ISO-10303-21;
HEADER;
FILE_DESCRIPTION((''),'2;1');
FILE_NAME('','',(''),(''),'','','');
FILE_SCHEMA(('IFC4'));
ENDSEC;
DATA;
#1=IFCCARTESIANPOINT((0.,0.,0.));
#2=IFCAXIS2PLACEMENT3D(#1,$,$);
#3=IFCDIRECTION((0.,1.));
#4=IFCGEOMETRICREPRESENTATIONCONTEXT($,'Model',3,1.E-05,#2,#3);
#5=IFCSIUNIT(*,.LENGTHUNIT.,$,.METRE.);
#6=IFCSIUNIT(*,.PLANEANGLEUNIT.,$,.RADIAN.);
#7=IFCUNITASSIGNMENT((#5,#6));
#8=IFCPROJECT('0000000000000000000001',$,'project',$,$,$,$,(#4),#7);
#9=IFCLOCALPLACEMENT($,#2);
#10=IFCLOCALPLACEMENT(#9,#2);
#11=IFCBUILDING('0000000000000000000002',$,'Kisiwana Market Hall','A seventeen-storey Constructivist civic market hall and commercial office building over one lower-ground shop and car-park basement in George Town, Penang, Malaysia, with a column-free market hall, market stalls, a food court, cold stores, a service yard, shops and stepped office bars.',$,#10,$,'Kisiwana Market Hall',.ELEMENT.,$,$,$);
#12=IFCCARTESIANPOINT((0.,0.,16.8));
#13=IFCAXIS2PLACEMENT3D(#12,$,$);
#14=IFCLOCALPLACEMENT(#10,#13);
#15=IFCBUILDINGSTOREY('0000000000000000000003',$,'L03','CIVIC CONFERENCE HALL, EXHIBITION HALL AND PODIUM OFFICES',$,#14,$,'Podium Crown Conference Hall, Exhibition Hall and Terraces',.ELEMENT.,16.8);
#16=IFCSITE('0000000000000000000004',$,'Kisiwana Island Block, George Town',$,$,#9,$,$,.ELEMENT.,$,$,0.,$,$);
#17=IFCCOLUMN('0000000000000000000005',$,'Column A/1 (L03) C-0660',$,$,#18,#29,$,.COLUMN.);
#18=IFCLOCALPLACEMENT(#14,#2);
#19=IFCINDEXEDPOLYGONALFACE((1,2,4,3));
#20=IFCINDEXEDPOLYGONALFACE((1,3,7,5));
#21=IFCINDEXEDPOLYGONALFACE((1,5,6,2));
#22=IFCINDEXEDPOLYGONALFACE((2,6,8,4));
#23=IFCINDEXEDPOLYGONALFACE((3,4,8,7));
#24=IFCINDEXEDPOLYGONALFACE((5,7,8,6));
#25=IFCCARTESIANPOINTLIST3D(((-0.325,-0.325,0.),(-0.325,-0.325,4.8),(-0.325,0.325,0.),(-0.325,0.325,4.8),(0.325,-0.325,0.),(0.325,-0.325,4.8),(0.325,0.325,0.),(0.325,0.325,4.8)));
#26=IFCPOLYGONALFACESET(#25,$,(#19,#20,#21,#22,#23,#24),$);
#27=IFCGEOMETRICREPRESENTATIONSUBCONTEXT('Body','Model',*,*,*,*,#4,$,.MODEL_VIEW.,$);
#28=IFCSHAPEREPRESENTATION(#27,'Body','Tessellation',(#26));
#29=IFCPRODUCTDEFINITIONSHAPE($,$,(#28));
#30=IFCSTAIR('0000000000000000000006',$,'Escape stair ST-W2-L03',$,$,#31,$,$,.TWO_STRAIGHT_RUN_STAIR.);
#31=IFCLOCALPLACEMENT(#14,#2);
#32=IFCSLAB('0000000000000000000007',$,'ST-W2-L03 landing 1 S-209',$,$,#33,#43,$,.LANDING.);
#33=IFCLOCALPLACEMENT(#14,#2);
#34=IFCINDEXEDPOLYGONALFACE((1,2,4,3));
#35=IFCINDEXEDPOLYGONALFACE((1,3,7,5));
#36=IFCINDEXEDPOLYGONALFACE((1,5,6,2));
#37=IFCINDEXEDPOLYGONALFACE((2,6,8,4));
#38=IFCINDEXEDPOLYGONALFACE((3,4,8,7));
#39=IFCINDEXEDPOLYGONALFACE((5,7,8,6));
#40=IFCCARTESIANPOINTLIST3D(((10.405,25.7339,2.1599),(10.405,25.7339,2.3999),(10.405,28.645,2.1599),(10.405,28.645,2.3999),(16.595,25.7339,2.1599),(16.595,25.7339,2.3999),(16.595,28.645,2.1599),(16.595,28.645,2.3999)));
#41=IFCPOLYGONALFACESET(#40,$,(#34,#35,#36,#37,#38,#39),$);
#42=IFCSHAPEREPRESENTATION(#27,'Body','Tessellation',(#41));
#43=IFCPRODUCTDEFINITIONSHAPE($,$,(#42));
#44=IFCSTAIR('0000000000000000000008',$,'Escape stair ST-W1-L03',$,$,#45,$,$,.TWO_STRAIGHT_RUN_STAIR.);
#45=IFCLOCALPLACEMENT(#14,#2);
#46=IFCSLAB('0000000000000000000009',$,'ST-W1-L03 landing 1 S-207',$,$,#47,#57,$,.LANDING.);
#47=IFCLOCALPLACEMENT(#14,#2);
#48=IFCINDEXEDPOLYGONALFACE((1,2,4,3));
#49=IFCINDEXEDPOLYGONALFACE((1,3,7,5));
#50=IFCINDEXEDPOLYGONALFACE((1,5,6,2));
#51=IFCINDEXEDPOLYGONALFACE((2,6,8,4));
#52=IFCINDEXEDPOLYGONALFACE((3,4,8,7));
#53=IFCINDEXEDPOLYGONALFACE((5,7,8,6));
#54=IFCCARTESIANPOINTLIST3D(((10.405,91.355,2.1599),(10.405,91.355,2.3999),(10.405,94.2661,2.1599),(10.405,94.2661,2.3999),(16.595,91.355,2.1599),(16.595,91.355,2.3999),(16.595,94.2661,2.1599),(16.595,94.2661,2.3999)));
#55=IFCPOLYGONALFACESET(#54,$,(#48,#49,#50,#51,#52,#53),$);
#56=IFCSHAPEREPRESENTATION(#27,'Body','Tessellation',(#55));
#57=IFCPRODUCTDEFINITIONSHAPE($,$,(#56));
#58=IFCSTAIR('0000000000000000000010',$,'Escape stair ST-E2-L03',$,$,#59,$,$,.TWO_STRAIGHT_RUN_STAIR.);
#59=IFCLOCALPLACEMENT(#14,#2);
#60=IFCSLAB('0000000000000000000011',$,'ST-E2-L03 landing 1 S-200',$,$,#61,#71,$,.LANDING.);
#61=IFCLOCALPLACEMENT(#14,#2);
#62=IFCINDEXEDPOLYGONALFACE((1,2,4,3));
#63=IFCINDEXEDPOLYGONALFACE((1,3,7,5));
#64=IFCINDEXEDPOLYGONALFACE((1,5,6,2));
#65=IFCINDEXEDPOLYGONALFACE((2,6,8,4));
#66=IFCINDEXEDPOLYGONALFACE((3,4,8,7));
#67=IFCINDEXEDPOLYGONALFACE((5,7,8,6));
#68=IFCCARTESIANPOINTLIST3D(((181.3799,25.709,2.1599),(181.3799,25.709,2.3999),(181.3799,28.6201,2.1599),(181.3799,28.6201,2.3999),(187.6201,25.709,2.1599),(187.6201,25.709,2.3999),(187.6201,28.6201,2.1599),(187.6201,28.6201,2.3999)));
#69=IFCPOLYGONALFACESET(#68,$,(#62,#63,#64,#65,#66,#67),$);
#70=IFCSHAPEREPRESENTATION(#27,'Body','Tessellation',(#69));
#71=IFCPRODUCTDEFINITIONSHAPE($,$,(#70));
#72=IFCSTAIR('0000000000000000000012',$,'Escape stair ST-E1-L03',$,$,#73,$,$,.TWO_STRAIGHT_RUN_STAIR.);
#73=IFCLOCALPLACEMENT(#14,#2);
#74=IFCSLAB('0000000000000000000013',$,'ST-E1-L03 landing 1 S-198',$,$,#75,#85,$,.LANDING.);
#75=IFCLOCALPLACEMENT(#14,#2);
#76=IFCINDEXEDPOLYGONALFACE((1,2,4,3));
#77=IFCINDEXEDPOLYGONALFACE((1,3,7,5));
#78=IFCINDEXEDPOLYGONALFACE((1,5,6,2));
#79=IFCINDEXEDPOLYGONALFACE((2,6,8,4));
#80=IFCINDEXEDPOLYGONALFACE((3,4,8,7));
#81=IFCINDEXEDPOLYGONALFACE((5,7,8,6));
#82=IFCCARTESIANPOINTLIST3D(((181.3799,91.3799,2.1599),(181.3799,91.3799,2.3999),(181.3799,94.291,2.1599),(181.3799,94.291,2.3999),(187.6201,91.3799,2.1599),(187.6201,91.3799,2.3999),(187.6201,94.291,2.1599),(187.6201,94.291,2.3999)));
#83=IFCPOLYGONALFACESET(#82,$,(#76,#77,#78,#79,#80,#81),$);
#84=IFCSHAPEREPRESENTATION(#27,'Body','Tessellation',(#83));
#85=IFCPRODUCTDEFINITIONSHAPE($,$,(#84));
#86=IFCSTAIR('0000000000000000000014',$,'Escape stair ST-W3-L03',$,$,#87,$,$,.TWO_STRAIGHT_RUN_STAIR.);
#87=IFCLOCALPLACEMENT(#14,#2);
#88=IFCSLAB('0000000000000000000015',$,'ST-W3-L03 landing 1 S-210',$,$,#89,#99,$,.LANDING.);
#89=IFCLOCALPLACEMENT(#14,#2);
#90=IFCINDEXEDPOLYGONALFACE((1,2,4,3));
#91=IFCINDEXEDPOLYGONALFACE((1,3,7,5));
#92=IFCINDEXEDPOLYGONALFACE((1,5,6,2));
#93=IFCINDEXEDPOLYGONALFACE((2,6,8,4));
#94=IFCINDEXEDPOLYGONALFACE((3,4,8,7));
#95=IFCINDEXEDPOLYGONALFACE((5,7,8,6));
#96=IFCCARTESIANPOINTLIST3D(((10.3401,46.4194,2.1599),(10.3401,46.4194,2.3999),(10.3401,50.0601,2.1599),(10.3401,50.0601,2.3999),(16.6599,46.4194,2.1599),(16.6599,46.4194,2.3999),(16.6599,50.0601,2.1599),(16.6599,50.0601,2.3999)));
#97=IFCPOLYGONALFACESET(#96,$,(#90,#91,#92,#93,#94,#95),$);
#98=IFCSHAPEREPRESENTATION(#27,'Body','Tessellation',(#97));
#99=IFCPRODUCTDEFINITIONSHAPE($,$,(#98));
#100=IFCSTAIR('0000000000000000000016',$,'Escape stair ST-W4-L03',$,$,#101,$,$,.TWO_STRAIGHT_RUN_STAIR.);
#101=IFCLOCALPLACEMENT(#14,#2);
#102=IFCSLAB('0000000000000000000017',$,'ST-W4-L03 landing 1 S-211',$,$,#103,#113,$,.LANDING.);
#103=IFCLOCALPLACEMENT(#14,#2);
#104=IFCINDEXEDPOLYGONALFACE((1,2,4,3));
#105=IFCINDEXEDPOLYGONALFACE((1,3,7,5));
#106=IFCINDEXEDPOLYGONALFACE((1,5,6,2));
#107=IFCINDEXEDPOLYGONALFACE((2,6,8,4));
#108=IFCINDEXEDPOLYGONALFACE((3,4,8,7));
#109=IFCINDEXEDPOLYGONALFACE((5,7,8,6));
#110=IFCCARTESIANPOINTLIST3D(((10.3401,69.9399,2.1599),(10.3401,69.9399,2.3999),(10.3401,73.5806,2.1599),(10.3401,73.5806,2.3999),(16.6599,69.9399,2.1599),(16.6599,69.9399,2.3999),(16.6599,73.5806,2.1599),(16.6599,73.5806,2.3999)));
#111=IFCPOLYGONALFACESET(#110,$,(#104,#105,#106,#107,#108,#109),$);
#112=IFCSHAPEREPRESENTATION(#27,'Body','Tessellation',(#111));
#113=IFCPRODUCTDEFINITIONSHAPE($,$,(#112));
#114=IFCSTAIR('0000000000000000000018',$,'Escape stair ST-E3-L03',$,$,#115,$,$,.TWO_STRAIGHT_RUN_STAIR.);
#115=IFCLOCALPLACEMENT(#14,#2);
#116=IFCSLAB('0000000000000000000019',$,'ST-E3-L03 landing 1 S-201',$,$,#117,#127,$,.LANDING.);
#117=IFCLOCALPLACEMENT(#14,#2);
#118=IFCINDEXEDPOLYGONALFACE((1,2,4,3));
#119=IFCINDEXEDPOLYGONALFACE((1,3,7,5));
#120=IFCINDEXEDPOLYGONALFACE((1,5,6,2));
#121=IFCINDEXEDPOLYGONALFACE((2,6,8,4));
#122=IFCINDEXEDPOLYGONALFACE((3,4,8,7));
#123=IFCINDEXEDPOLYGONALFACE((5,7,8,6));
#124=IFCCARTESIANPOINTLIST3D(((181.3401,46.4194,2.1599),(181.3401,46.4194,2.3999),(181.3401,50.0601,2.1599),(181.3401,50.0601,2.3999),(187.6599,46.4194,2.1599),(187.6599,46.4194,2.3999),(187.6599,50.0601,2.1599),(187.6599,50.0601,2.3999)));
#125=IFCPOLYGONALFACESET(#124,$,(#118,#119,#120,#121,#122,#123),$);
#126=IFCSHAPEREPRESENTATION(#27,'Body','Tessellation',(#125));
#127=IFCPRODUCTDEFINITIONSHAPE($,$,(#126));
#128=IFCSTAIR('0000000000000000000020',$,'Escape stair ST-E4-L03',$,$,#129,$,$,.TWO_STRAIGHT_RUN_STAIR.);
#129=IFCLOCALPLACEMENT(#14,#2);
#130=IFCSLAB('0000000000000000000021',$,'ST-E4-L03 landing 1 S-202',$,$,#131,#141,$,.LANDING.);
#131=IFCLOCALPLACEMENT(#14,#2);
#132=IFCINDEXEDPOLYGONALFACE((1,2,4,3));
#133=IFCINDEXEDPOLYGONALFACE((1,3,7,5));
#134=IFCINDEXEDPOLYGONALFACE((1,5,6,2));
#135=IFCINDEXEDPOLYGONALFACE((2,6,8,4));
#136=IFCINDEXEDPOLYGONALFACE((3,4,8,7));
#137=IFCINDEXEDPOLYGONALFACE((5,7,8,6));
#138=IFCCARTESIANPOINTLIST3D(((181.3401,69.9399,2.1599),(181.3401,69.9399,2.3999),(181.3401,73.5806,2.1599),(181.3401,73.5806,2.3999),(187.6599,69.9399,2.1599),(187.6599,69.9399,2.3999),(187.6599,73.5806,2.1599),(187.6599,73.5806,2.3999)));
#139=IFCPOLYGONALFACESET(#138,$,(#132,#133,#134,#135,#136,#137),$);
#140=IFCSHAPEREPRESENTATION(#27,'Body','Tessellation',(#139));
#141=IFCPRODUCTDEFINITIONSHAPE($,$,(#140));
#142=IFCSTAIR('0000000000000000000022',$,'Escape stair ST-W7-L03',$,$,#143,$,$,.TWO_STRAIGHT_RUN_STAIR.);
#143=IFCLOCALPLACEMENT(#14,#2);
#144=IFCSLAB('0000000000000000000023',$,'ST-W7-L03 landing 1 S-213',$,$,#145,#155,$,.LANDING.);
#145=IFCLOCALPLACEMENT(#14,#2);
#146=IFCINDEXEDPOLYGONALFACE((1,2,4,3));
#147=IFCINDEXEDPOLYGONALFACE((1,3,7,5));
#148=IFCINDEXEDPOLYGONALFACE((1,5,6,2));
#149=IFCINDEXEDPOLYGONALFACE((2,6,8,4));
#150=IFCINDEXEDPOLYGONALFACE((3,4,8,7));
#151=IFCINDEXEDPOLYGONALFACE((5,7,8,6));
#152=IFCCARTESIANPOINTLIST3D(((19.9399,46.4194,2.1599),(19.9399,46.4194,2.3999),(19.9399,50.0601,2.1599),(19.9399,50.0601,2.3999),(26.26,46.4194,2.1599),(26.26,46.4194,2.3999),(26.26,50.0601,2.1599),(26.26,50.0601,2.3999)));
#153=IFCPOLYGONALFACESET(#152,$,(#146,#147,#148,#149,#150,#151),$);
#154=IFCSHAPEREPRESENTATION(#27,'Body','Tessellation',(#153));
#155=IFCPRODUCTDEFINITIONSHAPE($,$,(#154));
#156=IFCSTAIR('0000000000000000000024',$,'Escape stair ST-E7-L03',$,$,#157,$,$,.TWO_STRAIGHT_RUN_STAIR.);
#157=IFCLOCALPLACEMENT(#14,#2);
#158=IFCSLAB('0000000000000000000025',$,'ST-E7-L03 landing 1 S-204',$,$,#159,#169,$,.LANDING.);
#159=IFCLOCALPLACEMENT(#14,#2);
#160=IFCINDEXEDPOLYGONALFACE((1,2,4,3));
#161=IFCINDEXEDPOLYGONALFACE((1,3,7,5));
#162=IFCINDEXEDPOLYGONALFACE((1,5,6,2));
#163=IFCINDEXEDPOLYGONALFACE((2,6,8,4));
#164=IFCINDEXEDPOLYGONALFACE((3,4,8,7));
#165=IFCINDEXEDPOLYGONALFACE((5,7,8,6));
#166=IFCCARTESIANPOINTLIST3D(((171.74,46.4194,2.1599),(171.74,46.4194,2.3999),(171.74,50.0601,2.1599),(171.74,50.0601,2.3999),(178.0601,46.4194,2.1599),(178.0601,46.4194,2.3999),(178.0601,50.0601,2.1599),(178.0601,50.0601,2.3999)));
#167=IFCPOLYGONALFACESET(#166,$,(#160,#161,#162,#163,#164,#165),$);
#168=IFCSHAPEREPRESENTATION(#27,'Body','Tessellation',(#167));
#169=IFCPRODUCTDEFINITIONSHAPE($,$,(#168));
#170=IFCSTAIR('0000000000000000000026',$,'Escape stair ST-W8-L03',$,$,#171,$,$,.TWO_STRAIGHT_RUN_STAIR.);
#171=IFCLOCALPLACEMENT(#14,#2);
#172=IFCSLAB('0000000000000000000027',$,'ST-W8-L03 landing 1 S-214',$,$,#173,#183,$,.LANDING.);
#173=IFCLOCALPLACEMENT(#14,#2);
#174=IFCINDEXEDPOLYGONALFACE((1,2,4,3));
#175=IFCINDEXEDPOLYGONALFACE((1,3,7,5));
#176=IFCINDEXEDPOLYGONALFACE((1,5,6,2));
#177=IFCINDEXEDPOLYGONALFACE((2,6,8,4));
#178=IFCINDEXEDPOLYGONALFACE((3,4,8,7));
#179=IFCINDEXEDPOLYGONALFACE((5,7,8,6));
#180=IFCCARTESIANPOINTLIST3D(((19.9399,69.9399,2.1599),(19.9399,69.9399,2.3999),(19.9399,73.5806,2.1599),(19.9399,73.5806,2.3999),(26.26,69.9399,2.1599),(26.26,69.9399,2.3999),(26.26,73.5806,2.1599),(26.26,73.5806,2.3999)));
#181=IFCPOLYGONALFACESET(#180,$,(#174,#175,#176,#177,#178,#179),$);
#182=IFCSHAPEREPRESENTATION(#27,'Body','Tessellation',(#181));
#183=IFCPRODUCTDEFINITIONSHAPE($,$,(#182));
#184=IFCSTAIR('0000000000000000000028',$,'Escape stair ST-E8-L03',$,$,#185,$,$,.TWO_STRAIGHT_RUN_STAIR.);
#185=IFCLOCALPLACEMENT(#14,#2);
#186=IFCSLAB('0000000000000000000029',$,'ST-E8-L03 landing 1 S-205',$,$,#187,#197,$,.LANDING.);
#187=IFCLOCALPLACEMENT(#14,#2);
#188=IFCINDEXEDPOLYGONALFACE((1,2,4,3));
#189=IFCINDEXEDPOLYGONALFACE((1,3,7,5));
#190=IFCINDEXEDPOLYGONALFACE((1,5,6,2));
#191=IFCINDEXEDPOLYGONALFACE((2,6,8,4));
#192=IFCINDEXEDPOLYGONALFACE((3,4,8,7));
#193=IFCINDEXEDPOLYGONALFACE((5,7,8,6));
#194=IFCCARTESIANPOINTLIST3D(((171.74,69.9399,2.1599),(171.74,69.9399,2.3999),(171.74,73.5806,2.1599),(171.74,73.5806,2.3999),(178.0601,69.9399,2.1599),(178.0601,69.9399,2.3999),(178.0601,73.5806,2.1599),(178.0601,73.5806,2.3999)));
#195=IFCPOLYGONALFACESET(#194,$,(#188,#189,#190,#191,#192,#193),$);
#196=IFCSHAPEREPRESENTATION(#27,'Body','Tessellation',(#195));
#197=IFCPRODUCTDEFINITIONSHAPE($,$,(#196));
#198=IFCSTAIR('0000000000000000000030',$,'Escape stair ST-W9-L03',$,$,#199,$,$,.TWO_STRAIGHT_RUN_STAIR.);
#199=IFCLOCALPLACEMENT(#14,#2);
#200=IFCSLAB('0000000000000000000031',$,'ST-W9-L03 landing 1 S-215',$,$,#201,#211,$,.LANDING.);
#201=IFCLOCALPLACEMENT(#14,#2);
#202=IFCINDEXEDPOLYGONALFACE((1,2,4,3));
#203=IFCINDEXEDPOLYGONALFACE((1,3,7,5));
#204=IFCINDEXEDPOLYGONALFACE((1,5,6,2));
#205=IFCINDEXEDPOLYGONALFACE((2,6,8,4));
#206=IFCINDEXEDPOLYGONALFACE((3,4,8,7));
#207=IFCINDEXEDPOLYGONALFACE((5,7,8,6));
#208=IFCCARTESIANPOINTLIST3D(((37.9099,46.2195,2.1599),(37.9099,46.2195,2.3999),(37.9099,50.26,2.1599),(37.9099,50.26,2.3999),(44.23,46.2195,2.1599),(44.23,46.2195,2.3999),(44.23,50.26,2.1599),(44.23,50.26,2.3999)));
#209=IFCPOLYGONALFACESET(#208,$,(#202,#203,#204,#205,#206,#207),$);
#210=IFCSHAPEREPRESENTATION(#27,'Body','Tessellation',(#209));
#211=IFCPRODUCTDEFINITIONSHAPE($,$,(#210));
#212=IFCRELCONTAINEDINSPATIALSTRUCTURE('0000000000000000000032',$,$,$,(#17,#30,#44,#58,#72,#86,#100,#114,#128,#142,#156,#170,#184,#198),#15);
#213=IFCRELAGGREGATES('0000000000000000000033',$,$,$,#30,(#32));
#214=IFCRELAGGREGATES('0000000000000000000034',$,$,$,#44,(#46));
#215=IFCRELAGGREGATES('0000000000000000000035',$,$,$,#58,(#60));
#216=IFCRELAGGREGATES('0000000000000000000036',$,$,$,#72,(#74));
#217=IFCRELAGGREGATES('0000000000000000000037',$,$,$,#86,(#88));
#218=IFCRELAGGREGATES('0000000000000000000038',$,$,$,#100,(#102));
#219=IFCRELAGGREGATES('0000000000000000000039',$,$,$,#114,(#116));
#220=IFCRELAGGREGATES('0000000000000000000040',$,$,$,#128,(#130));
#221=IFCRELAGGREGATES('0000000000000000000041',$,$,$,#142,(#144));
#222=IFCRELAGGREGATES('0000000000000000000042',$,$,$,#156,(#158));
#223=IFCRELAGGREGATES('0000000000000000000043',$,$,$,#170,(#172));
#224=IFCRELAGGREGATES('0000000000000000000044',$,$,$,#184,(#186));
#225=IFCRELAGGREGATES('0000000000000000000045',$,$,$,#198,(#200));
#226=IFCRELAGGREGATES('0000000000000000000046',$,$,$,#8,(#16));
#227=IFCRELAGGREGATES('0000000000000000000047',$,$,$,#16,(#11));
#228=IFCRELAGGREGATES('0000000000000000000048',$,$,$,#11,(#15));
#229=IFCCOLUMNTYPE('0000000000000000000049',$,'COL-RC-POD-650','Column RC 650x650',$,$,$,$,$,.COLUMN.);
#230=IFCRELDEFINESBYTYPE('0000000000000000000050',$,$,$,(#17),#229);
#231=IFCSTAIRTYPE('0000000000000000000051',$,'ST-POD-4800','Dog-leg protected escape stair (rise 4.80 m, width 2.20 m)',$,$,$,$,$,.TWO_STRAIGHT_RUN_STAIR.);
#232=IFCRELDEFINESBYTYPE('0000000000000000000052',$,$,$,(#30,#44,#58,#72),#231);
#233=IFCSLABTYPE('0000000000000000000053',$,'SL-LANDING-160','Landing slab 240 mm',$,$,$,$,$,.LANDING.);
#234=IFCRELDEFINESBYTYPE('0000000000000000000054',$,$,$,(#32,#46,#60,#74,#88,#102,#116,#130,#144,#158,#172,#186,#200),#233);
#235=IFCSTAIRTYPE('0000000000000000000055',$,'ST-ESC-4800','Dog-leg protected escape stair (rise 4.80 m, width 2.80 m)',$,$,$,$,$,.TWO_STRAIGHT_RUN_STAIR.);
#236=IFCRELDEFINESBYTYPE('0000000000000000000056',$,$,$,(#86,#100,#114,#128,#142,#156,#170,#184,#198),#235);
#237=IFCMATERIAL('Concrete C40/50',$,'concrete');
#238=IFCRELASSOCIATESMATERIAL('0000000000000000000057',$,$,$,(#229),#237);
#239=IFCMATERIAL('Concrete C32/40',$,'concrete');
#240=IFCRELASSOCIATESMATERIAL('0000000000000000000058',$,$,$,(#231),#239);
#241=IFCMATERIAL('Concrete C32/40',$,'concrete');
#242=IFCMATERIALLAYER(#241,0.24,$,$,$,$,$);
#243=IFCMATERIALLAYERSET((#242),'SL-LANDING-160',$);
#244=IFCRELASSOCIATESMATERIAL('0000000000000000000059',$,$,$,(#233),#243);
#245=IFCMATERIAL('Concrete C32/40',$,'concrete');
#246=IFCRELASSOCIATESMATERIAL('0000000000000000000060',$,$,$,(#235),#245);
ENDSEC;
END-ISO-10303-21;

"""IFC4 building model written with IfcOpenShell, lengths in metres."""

from ifc_helpers import new_model, si_unit, direction, frame, origin, origin_with_axes, origin_2d, place, context, subcontext, project, spatial, polyline, rectangle, outline, extrude, material, layer, layer_set, material_profile, profile_set, type_object, element, aggregate, save


model = new_model("IFC4")

# Units and contexts
model_context = context("Model", 3, precision=1e-05, world=origin(), true_north=direction((0.0, 1.0)))
body_context = subcontext(model_context, "Body", "Model", "MODEL_VIEW")
ifc_project = project(units=[si_unit("LENGTHUNIT", "METRE"), si_unit("PLANEANGLEUNIT", "RADIAN")], contexts=[model_context])

# Site, building, storey
site_placement = place(None, origin())
site = spatial("IfcSite", under=ifc_project, at=site_placement, Name="Kisiwana Island Block, George Town", CompositionType="ELEMENT", RefElevation=0.0)
building_placement = place(site_placement, origin())
building = spatial("IfcBuilding", under=site, at=building_placement, Name="Kisiwana Market Hall", Description="A seventeen-storey Constructivist civic market hall and commercial office building over one lower-ground shop and car-park basement in George Town, Penang, Malaysia, with a column-free market hall, market stalls, a food court, cold stores, a service yard, shops and stepped office bars.", LongName="Kisiwana Market Hall", CompositionType="ELEMENT")
storey_placement = place(building_placement, frame((0.0, 0.0, 16.8)))
storey = spatial("IfcBuildingStorey", under=building, at=storey_placement, Name="L03", Description="CIVIC CONFERENCE HALL, EXHIBITION HALL AND PODIUM OFFICES", LongName="Podium Crown Conference Hall, Exhibition Hall and Terraces", CompositionType="ELEMENT", Elevation=16.8)

# Column
ifc_material_1 = material(Name="Concrete C40/50", Category="concrete")
ifc_material_profile = material_profile(ifc_material_1, rectangle(XDim=0.6499, YDim=0.6499, at=origin_2d()), Name="RC 650x650")
ifc_profile_set = profile_set([ifc_material_profile], Name="Concrete C40/50")
column_type = type_object("IfcColumnType", Name="COL-RC-POD-650", Description="Column RC 650x650", PredefinedType="COLUMN", material=ifc_profile_set)
column_placement = place(storey_placement, origin_with_axes())
element("IfcColumn", 1, at=column_placement, inside=storey, type_object=column_type, Name="Column A/1 (L03) C-0660", PredefinedType="COLUMN", context=body_context, shape_type="SweptSolid", body=[
    extrude(rectangle(XDim=0.6499, YDim=0.6499, at=origin_2d()), origin(), (0.0, 0.0, 1.0), 4.8),
])

# Stairs, slabs
ifc_material_2 = material(Name="Concrete C32/40", Category="concrete")
stair_type_1 = type_object("IfcStairType", Name="ST-POD-4800", Description="Dog-leg protected escape stair (rise 4.80 m, width 2.20 m)", PredefinedType="TWO_STRAIGHT_RUN_STAIR", material=ifc_material_2)
stair_1_placement = place(storey_placement, origin())
stair_1 = element("IfcStair", 2, at=stair_1_placement, inside=storey, type_object=stair_type_1, Name="Escape stair ST-W2-L03", PredefinedType="TWO_STRAIGHT_RUN_STAIR")
ifc_material_3 = material(Name="Concrete C32/40", Category="concrete")
ifc_layer_1 = layer(ifc_material_3, 0.24)
ifc_layer_set_1 = layer_set([ifc_layer_1], Name="SL-LANDING-160")
slab_type_1 = type_object("IfcSlabType", Name="SL-LANDING-160", Description="Landing slab 240 mm", PredefinedType="LANDING", material=ifc_layer_set_1)
slab_1_placement = place(storey_placement, frame((0.0, 0.0, 2.1599)))
slab_1 = element("IfcSlab", 3, at=slab_1_placement, type_object=slab_type_1, Name="ST-W2-L03 landing 1 S-209", PredefinedType="LANDING", context=body_context, shape_type="SweptSolid", body=[
    extrude(outline(polyline([(10.405, 25.7339), (16.595, 25.7339), (16.595, 28.645), (10.405, 28.645), (10.405, 25.7339)])), origin(), (0.0, 0.0, 1.0), 0.24),
])
aggregate(stair_1, [slab_1])
stair_2_placement = place(storey_placement, origin())
stair_2 = element("IfcStair", 4, at=stair_2_placement, inside=storey, type_object=stair_type_1, Name="Escape stair ST-W1-L03", PredefinedType="TWO_STRAIGHT_RUN_STAIR")
slab_2_placement = place(storey_placement, frame((0.0, 0.0, 2.1599)))
slab_2 = element("IfcSlab", 5, at=slab_2_placement, type_object=slab_type_1, Name="ST-W1-L03 landing 1 S-207", PredefinedType="LANDING", context=body_context, shape_type="SweptSolid", body=[
    extrude(outline(polyline([(10.405, 91.355), (16.595, 91.355), (16.595, 94.2661), (10.405, 94.2661), (10.405, 91.355)])), origin(), (0.0, 0.0, 1.0), 0.24),
])
aggregate(stair_2, [slab_2])
stair_3_placement = place(storey_placement, origin())
stair_3 = element("IfcStair", 6, at=stair_3_placement, inside=storey, type_object=stair_type_1, Name="Escape stair ST-E2-L03", PredefinedType="TWO_STRAIGHT_RUN_STAIR")
slab_3_placement = place(storey_placement, frame((0.0, 0.0, 2.1599)))
slab_3 = element("IfcSlab", 7, at=slab_3_placement, type_object=slab_type_1, Name="ST-E2-L03 landing 1 S-200", PredefinedType="LANDING", context=body_context, shape_type="SweptSolid", body=[
    extrude(outline(polyline([(181.3799, 25.709), (187.6201, 25.709), (187.6201, 28.6201), (181.3799, 28.6201), (181.3799, 25.709)])), origin(), (0.0, 0.0, 1.0), 0.24),
])
aggregate(stair_3, [slab_3])
stair_4_placement = place(storey_placement, origin())
stair_4 = element("IfcStair", 8, at=stair_4_placement, inside=storey, type_object=stair_type_1, Name="Escape stair ST-E1-L03", PredefinedType="TWO_STRAIGHT_RUN_STAIR")
slab_4_placement = place(storey_placement, frame((0.0, 0.0, 2.1599)))
slab_4 = element("IfcSlab", 9, at=slab_4_placement, type_object=slab_type_1, Name="ST-E1-L03 landing 1 S-198", PredefinedType="LANDING", context=body_context, shape_type="SweptSolid", body=[
    extrude(outline(polyline([(181.3799, 91.3799), (187.6201, 91.3799), (187.6201, 94.291), (181.3799, 94.291), (181.3799, 91.3799)])), origin(), (0.0, 0.0, 1.0), 0.24),
])
aggregate(stair_4, [slab_4])
ifc_material_4 = material(Name="Concrete C32/40", Category="concrete")
stair_type_2 = type_object("IfcStairType", Name="ST-ESC-4800", Description="Dog-leg protected escape stair (rise 4.80 m, width 2.80 m)", PredefinedType="TWO_STRAIGHT_RUN_STAIR", material=ifc_material_4)
stair_5_placement = place(storey_placement, origin())
stair_5 = element("IfcStair", 10, at=stair_5_placement, inside=storey, type_object=stair_type_2, Name="Escape stair ST-W3-L03", PredefinedType="TWO_STRAIGHT_RUN_STAIR")
slab_5_placement = place(storey_placement, frame((0.0, 0.0, 2.1599)))
slab_5 = element("IfcSlab", 11, at=slab_5_placement, type_object=slab_type_1, Name="ST-W3-L03 landing 1 S-210", PredefinedType="LANDING", context=body_context, shape_type="SweptSolid", body=[
    extrude(outline(polyline([(10.3401, 46.4194), (16.6599, 46.4194), (16.6599, 50.0601), (10.3401, 50.0601), (10.3401, 46.4194)])), origin(), (0.0, 0.0, 1.0), 0.24),
])
aggregate(stair_5, [slab_5])
stair_6_placement = place(storey_placement, origin())
stair_6 = element("IfcStair", 12, at=stair_6_placement, inside=storey, type_object=stair_type_2, Name="Escape stair ST-W4-L03", PredefinedType="TWO_STRAIGHT_RUN_STAIR")
slab_6_placement = place(storey_placement, frame((0.0, 0.0, 2.1599)))
slab_6 = element("IfcSlab", 13, at=slab_6_placement, type_object=slab_type_1, Name="ST-W4-L03 landing 1 S-211", PredefinedType="LANDING", context=body_context, shape_type="SweptSolid", body=[
    extrude(outline(polyline([(10.3401, 69.9399), (16.6599, 69.9399), (16.6599, 73.5806), (10.3401, 73.5806), (10.3401, 69.9399)])), origin(), (0.0, 0.0, 1.0), 0.24),
])
aggregate(stair_6, [slab_6])
stair_7_placement = place(storey_placement, origin())
stair_7 = element("IfcStair", 14, at=stair_7_placement, inside=storey, type_object=stair_type_2, Name="Escape stair ST-E3-L03", PredefinedType="TWO_STRAIGHT_RUN_STAIR")
slab_7_placement = place(storey_placement, frame((0.0, 0.0, 2.1599)))
slab_7 = element("IfcSlab", 15, at=slab_7_placement, type_object=slab_type_1, Name="ST-E3-L03 landing 1 S-201", PredefinedType="LANDING", context=body_context, shape_type="SweptSolid", body=[
    extrude(outline(polyline([(181.3401, 46.4194), (187.6599, 46.4194), (187.6599, 50.0601), (181.3401, 50.0601), (181.3401, 46.4194)])), origin(), (0.0, 0.0, 1.0), 0.24),
])
aggregate(stair_7, [slab_7])
stair_8_placement = place(storey_placement, origin())
stair_8 = element("IfcStair", 16, at=stair_8_placement, inside=storey, type_object=stair_type_2, Name="Escape stair ST-E4-L03", PredefinedType="TWO_STRAIGHT_RUN_STAIR")
slab_8_placement = place(storey_placement, frame((0.0, 0.0, 2.1599)))
slab_8 = element("IfcSlab", 17, at=slab_8_placement, type_object=slab_type_1, Name="ST-E4-L03 landing 1 S-202", PredefinedType="LANDING", context=body_context, shape_type="SweptSolid", body=[
    extrude(outline(polyline([(181.3401, 69.9399), (187.6599, 69.9399), (187.6599, 73.5806), (181.3401, 73.5806), (181.3401, 69.9399)])), origin(), (0.0, 0.0, 1.0), 0.24),
])
aggregate(stair_8, [slab_8])
stair_9_placement = place(storey_placement, origin())
stair_9 = element("IfcStair", 18, at=stair_9_placement, inside=storey, type_object=stair_type_2, Name="Escape stair ST-W7-L03", PredefinedType="TWO_STRAIGHT_RUN_STAIR")
slab_9_placement = place(storey_placement, frame((0.0, 0.0, 2.1599)))
slab_9 = element("IfcSlab", 19, at=slab_9_placement, type_object=slab_type_1, Name="ST-W7-L03 landing 1 S-213", PredefinedType="LANDING", context=body_context, shape_type="SweptSolid", body=[
    extrude(outline(polyline([(19.9399, 46.4194), (26.26, 46.4194), (26.26, 50.0601), (19.9399, 50.0601), (19.9399, 46.4194)])), origin(), (0.0, 0.0, 1.0), 0.24),
])
aggregate(stair_9, [slab_9])
stair_10_placement = place(storey_placement, origin())
stair_10 = element("IfcStair", 20, at=stair_10_placement, inside=storey, type_object=stair_type_2, Name="Escape stair ST-E7-L03", PredefinedType="TWO_STRAIGHT_RUN_STAIR")
slab_10_placement = place(storey_placement, frame((0.0, 0.0, 2.1599)))
slab_10 = element("IfcSlab", 21, at=slab_10_placement, type_object=slab_type_1, Name="ST-E7-L03 landing 1 S-204", PredefinedType="LANDING", context=body_context, shape_type="SweptSolid", body=[
    extrude(outline(polyline([(171.74, 46.4194), (178.0601, 46.4194), (178.0601, 50.0601), (171.74, 50.0601), (171.74, 46.4194)])), origin(), (0.0, 0.0, 1.0), 0.24),
])
aggregate(stair_10, [slab_10])
stair_11_placement = place(storey_placement, origin())
stair_11 = element("IfcStair", 22, at=stair_11_placement, inside=storey, type_object=stair_type_2, Name="Escape stair ST-W8-L03", PredefinedType="TWO_STRAIGHT_RUN_STAIR")
slab_11_placement = place(storey_placement, frame((0.0, 0.0, 2.1599)))
slab_11 = element("IfcSlab", 23, at=slab_11_placement, type_object=slab_type_1, Name="ST-W8-L03 landing 1 S-214", PredefinedType="LANDING", context=body_context, shape_type="SweptSolid", body=[
    extrude(outline(polyline([(19.9399, 69.9399), (26.26, 69.9399), (26.26, 73.5806), (19.9399, 73.5806), (19.9399, 69.9399)])), origin(), (0.0, 0.0, 1.0), 0.24),
])
aggregate(stair_11, [slab_11])
stair_12_placement = place(storey_placement, origin())
stair_12 = element("IfcStair", 24, at=stair_12_placement, inside=storey, type_object=stair_type_2, Name="Escape stair ST-E8-L03", PredefinedType="TWO_STRAIGHT_RUN_STAIR")
slab_12_placement = place(storey_placement, frame((0.0, 0.0, 2.1599)))
slab_12 = element("IfcSlab", 25, at=slab_12_placement, type_object=slab_type_1, Name="ST-E8-L03 landing 1 S-205", PredefinedType="LANDING", context=body_context, shape_type="SweptSolid", body=[
    extrude(outline(polyline([(171.74, 69.9399), (178.0601, 69.9399), (178.0601, 73.5806), (171.74, 73.5806), (171.74, 69.9399)])), origin(), (0.0, 0.0, 1.0), 0.24),
])
aggregate(stair_12, [slab_12])
stair_13_placement = place(storey_placement, origin())
stair_13 = element("IfcStair", 26, at=stair_13_placement, inside=storey, type_object=stair_type_2, Name="Escape stair ST-W9-L03", PredefinedType="TWO_STRAIGHT_RUN_STAIR")
slab_13_placement = place(storey_placement, frame((0.0, 0.0, 2.1599)))
slab_13 = element("IfcSlab", 27, at=slab_13_placement, type_object=slab_type_1, Name="ST-W9-L03 landing 1 S-215", PredefinedType="LANDING", context=body_context, shape_type="SweptSolid", body=[
    extrude(outline(polyline([(37.9099, 46.2195), (44.23, 46.2195), (44.23, 50.26), (37.9099, 50.26), (37.9099, 46.2195)])), origin(), (0.0, 0.0, 1.0), 0.24),
])
aggregate(stair_13, [slab_13])

save(model, "model.ifc")
